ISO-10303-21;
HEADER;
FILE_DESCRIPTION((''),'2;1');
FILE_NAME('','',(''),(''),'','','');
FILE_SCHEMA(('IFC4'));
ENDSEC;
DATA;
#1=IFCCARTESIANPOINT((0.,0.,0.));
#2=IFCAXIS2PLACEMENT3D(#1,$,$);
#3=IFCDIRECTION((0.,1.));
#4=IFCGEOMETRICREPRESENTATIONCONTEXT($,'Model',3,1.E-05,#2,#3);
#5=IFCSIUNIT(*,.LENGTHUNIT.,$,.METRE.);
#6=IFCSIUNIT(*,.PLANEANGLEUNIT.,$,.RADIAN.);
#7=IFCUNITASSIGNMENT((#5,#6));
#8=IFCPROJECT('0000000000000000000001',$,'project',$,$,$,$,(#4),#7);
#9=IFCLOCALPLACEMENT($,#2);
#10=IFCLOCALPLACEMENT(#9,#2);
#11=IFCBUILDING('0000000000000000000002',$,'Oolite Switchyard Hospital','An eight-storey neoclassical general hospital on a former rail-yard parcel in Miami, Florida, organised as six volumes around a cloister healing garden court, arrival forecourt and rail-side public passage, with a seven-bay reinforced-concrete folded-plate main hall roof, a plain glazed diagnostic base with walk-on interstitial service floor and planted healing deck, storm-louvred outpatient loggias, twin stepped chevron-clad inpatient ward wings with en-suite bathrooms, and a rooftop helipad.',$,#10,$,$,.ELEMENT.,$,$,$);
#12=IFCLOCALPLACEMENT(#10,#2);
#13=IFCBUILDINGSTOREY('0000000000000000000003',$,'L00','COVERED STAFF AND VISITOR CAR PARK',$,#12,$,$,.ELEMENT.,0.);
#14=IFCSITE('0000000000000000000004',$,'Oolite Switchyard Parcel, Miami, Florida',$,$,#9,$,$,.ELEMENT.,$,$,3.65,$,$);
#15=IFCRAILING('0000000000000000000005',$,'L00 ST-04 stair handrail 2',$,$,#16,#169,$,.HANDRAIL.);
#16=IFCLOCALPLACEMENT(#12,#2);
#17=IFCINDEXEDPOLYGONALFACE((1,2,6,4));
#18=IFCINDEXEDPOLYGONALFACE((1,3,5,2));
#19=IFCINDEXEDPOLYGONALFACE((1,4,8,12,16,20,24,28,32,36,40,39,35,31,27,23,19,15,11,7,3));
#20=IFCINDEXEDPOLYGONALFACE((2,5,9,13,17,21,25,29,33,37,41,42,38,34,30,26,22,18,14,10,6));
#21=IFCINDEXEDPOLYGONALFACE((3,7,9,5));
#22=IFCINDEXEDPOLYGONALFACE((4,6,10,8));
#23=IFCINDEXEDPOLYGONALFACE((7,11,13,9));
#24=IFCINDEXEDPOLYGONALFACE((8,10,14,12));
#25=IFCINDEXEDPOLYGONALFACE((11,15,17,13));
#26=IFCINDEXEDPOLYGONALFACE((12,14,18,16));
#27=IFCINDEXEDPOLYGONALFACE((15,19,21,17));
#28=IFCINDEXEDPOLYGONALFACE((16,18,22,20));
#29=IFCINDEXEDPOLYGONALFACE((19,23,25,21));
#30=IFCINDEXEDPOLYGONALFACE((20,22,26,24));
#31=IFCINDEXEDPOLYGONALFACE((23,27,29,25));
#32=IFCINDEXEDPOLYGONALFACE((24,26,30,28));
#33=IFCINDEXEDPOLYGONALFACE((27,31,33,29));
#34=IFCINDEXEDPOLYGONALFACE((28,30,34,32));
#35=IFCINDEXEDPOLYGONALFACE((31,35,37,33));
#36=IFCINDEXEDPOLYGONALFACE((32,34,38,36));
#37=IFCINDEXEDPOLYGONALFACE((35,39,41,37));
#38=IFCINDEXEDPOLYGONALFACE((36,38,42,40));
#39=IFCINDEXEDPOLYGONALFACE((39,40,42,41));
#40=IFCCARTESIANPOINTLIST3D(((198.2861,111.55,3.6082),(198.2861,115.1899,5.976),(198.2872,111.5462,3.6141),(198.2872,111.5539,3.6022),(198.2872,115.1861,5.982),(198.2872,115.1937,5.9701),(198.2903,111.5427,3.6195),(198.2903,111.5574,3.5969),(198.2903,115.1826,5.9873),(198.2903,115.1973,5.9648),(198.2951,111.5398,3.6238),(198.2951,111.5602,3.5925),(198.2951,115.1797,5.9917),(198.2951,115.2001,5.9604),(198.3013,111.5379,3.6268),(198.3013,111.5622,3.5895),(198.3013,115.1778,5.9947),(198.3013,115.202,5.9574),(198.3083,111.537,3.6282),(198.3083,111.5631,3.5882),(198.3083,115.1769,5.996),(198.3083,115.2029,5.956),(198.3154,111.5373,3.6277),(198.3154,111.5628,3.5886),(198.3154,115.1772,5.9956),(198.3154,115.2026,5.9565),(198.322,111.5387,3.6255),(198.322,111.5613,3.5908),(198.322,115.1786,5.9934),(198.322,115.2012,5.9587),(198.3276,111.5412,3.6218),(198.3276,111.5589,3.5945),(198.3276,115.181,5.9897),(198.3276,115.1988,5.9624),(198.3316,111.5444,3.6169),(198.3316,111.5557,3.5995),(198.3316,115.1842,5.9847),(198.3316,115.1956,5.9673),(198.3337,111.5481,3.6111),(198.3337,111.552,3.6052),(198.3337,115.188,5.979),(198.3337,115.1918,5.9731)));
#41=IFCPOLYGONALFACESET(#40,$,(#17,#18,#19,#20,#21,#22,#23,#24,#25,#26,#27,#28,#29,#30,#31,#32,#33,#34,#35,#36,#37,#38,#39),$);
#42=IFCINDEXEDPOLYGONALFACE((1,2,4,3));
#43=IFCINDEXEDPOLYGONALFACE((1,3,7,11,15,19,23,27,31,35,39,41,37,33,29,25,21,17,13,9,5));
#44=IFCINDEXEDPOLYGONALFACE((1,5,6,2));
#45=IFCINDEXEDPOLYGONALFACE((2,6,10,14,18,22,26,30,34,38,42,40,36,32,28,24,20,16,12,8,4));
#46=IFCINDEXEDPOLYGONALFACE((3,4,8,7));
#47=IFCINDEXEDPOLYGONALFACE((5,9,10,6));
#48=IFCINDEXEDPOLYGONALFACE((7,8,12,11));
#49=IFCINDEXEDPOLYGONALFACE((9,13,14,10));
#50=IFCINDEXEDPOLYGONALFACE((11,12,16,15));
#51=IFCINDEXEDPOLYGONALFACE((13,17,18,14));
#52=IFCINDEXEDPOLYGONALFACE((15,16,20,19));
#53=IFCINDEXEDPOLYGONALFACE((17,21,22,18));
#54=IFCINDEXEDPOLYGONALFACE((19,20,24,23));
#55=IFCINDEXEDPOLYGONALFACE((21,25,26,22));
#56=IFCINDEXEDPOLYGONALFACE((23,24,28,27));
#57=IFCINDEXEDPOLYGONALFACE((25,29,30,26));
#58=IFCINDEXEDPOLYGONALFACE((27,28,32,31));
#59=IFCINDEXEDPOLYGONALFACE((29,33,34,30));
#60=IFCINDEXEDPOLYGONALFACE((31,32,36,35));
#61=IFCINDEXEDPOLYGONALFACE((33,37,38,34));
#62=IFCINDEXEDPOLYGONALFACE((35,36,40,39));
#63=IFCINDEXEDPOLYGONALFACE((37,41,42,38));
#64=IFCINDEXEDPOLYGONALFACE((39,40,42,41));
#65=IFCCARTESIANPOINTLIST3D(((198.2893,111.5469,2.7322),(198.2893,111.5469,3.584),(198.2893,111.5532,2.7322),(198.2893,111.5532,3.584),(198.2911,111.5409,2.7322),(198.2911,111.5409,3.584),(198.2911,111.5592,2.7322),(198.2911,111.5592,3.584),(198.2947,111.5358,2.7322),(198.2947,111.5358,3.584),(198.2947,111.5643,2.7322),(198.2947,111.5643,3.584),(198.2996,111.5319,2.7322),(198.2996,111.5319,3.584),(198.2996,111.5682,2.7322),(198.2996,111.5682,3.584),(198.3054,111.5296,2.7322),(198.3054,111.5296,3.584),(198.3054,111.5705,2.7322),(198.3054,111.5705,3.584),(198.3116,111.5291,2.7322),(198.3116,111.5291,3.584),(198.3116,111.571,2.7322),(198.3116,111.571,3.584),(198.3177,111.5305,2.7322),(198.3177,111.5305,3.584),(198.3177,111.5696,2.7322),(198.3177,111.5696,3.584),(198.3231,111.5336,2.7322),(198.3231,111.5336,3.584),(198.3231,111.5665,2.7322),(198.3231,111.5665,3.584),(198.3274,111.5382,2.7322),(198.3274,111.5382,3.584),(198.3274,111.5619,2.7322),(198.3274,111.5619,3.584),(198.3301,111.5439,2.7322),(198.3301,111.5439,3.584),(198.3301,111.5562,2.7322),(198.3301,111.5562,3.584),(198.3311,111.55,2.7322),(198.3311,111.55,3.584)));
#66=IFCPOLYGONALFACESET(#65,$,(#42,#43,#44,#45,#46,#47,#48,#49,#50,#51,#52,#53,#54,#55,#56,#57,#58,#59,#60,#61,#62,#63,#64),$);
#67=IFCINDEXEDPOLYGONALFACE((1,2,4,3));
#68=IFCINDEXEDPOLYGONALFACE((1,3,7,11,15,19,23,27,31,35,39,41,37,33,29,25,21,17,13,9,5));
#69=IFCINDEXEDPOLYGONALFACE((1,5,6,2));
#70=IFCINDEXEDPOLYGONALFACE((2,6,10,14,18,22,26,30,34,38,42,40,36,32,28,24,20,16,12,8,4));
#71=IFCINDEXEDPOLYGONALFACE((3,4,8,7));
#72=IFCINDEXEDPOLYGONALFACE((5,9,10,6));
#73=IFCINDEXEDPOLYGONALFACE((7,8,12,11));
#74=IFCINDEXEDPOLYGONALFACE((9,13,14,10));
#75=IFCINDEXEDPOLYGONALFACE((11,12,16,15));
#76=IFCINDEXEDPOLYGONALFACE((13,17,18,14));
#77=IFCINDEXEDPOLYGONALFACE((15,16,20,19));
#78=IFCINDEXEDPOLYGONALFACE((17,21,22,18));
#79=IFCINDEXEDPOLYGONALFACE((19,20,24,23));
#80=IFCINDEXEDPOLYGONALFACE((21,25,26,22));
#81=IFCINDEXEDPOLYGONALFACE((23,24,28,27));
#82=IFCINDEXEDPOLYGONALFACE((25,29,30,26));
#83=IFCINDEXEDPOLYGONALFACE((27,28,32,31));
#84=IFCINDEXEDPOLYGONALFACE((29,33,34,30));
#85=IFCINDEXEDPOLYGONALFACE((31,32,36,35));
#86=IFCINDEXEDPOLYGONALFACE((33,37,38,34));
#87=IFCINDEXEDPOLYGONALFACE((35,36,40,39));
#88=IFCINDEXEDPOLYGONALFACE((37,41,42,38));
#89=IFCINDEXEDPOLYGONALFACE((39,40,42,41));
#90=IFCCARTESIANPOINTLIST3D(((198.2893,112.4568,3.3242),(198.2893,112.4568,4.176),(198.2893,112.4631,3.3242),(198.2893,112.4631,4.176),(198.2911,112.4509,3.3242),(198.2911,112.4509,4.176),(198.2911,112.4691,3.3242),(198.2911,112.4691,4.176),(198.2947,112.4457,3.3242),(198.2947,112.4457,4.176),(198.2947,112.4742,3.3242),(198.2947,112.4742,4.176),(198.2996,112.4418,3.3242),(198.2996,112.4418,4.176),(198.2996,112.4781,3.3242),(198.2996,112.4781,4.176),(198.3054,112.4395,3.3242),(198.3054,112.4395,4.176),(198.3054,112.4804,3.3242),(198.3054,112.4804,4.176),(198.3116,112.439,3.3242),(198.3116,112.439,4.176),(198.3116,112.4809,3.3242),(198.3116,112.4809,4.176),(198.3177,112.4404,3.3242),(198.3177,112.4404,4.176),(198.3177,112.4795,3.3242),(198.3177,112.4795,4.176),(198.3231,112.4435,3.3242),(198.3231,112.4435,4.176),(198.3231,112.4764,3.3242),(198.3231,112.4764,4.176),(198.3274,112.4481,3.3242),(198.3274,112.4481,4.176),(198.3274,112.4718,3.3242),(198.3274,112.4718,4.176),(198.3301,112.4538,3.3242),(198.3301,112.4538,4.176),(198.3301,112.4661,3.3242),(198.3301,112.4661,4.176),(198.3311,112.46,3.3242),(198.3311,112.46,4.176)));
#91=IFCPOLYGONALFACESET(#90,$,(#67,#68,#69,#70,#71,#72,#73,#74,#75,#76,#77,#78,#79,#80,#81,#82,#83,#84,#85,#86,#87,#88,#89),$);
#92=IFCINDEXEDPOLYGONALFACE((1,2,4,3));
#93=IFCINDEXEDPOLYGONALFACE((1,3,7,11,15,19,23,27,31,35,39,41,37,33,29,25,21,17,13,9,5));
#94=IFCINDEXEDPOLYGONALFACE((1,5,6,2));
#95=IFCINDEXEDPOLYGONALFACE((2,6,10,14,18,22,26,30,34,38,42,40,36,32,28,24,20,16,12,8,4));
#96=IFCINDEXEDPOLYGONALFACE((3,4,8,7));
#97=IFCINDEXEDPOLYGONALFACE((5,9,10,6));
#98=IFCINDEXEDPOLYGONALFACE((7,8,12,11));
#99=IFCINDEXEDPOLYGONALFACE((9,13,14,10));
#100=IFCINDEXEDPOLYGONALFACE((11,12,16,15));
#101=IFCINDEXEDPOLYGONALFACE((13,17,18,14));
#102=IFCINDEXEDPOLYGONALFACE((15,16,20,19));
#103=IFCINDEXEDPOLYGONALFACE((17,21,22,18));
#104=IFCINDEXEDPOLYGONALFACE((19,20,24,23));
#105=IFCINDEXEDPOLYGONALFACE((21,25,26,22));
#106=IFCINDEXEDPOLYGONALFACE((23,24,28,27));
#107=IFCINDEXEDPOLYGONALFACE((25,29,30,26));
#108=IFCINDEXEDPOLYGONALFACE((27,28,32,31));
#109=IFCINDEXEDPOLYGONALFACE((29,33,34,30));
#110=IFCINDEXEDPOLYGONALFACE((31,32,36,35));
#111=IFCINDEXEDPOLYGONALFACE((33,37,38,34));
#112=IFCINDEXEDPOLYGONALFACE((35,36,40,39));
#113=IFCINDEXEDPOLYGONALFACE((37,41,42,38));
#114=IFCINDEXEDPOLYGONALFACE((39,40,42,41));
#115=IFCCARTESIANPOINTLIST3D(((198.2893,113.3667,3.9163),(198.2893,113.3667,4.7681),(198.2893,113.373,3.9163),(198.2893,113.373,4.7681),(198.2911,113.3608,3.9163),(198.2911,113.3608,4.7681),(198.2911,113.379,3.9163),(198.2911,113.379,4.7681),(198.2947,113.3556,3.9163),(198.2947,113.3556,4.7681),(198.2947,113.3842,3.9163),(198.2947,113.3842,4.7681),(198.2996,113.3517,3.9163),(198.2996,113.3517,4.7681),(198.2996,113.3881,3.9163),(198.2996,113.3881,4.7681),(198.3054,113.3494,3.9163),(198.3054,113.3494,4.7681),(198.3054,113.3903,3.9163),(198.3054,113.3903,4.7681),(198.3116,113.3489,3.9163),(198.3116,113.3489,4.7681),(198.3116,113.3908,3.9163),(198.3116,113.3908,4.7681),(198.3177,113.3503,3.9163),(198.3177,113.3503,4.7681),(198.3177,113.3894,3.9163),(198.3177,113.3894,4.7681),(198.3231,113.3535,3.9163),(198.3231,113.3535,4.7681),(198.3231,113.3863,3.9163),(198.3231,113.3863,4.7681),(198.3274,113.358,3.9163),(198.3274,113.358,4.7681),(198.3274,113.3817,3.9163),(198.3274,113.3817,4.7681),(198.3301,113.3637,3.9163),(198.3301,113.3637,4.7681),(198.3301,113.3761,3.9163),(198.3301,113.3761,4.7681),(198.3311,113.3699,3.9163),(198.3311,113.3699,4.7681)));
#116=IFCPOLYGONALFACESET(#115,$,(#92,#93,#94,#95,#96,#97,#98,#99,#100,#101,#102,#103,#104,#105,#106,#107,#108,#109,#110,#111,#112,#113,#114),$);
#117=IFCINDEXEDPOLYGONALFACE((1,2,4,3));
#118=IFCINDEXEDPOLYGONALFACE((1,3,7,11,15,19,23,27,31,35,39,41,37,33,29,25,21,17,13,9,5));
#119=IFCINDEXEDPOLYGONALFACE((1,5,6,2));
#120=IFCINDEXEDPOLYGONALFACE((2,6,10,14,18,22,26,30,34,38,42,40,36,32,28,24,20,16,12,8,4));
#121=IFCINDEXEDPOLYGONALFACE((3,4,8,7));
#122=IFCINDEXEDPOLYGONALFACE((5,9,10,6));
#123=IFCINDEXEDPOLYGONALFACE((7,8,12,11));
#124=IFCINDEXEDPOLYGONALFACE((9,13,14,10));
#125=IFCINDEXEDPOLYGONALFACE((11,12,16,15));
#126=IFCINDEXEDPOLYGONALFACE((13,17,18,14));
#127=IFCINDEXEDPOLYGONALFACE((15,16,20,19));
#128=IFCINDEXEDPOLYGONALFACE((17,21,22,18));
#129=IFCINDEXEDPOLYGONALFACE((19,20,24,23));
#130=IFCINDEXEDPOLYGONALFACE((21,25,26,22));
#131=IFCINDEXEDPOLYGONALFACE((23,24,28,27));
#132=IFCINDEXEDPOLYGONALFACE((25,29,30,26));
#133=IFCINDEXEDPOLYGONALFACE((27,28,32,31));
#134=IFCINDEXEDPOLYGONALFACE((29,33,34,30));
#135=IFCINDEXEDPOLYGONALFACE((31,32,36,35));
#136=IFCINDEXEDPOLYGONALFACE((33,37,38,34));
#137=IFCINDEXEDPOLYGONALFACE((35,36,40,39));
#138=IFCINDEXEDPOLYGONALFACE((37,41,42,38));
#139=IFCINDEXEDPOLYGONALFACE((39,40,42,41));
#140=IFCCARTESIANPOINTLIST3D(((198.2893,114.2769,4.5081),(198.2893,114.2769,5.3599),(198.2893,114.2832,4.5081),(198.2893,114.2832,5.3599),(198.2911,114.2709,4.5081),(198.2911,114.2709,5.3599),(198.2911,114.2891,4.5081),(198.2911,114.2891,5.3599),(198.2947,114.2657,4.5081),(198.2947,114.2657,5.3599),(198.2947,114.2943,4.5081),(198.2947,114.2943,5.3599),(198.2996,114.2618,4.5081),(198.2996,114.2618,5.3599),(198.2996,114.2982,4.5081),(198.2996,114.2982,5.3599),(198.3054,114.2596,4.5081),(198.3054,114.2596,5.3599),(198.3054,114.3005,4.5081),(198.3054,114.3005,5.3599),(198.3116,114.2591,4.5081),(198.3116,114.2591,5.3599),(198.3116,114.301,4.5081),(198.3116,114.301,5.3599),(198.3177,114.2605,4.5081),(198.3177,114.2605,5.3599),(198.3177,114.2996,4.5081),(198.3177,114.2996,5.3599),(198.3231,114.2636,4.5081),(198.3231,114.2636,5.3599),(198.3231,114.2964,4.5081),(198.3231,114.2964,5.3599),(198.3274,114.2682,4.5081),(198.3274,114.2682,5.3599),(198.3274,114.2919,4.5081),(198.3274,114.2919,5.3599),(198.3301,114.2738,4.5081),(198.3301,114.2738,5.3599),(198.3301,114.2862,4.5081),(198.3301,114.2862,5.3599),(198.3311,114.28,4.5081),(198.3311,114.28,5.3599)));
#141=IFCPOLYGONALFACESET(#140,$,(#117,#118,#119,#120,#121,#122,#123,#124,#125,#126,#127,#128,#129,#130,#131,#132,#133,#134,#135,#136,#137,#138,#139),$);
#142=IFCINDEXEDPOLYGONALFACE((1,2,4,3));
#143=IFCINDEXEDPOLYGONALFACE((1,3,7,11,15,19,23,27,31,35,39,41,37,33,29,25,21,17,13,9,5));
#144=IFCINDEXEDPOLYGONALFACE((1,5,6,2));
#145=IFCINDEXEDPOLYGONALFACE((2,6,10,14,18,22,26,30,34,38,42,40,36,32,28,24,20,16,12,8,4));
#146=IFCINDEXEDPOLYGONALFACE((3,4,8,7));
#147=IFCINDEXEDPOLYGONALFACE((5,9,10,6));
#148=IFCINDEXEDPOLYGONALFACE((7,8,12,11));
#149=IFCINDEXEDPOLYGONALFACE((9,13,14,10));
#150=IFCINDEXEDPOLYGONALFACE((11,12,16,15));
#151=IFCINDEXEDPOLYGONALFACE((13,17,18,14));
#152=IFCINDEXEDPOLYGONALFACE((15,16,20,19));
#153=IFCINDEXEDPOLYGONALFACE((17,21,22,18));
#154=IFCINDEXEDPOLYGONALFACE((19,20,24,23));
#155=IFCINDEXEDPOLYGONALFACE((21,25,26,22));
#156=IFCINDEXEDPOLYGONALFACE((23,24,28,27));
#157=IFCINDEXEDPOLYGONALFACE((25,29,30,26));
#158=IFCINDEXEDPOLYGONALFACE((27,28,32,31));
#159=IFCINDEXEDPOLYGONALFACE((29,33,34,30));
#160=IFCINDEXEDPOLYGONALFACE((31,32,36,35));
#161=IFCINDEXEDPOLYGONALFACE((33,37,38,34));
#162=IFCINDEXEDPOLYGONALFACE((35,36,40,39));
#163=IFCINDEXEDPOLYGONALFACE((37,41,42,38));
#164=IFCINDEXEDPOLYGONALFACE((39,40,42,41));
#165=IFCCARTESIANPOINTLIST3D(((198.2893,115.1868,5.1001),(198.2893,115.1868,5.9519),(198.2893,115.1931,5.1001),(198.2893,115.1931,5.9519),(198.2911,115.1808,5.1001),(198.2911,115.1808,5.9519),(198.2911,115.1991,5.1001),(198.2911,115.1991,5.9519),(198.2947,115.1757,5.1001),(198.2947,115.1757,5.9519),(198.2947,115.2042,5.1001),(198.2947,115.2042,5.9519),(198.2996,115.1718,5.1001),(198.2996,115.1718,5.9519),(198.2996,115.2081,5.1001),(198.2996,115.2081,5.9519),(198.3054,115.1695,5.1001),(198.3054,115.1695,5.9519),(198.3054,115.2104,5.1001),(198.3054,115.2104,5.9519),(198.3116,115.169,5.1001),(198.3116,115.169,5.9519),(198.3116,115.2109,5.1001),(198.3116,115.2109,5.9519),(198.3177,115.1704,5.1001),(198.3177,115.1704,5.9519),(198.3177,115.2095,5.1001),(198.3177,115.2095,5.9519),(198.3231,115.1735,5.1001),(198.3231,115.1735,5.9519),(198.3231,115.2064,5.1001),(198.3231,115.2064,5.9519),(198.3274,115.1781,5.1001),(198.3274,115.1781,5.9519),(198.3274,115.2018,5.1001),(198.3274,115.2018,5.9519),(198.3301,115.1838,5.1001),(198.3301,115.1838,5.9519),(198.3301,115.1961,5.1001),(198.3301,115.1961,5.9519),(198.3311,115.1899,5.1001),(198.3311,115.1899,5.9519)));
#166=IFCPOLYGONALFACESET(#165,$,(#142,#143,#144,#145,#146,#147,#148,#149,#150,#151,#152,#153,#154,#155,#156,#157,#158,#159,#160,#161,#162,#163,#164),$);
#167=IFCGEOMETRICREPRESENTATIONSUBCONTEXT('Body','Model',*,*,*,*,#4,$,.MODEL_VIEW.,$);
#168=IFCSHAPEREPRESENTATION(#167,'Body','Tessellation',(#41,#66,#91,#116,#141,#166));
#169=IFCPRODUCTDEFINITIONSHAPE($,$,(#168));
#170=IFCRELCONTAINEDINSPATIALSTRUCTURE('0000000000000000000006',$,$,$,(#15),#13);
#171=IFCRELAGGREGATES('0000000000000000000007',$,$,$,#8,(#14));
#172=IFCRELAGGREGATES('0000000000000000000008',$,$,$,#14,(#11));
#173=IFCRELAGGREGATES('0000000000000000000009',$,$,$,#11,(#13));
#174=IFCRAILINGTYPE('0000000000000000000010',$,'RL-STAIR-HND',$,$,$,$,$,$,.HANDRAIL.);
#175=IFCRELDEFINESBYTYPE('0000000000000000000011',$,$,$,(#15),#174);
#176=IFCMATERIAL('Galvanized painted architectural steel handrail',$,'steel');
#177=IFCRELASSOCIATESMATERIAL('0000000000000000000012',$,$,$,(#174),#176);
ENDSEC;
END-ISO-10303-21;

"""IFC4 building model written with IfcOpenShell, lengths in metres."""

from ifc_helpers import new_model, si_unit, direction, frame, origin, origin_2d, place, context, subcontext, project, spatial, circle, extrude, material, type_object, element, save


model = new_model("IFC4")

# Units and contexts
model_context = context("Model", 3, precision=1e-05, world=origin(), true_north=direction((0.0, 1.0)))
body_context = subcontext(model_context, "Body", "Model", "MODEL_VIEW")
ifc_project = project(units=[si_unit("LENGTHUNIT", "METRE"), si_unit("PLANEANGLEUNIT", "RADIAN")], contexts=[model_context])

# Site, building, storey
site_placement = place(None, origin())
site = spatial("IfcSite", under=ifc_project, at=site_placement, Name="Oolite Switchyard Parcel, Miami, Florida", CompositionType="ELEMENT", RefElevation=3.65)
building_placement = place(site_placement, origin())
building = spatial("IfcBuilding", under=site, at=building_placement, Name="Oolite Switchyard Hospital", Description="An eight-storey neoclassical general hospital on a former rail-yard parcel in Miami, Florida, organised as six volumes around a cloister healing garden court, arrival forecourt and rail-side public passage, with a seven-bay reinforced-concrete folded-plate main hall roof, a plain glazed diagnostic base with walk-on interstitial service floor and planted healing deck, storm-louvred outpatient loggias, twin stepped chevron-clad inpatient ward wings with en-suite bathrooms, and a rooftop helipad.", CompositionType="ELEMENT")
storey_placement = place(building_placement, origin())
storey = spatial("IfcBuildingStorey", under=building, at=storey_placement, Name="L00", Description="COVERED STAFF AND VISITOR CAR PARK", CompositionType="ELEMENT", Elevation=0.0)

# Railing
ifc_material_1 = material(Name="Galvanized painted architectural steel handrail", Category="steel")
railing_type_1 = type_object("IfcRailingType", Name="RL-STAIR-HND", PredefinedType="HANDRAIL", material=ifc_material_1)
railing_1_placement = place(storey_placement, frame((198.3101, 111.55, 2.7322)))
element("IfcRailing", 1, at=railing_1_placement, inside=storey, type_object=railing_type_1, Name="L00 ST-04 stair handrail 2", PredefinedType="HANDRAIL", context=body_context, shape_type="SweptSolid", body=[
    extrude(circle(Radius=0.0239, at=origin_2d()), frame((0.0, 0.0, 0.876), z_axis=(0.0, 0.838234, 0.54531), x_axis=(-1.0, 0.0, 0.0)), (0.0, 0.0, 1.0), 4.3423),
    extrude(circle(Radius=0.021, at=origin_2d()), origin(), (0.0, 0.0, 1.0), 0.8518),
    extrude(circle(Radius=0.021, at=origin_2d()), frame((0.0, 0.9099, 0.592)), (0.0, 0.0, 1.0), 0.8518),
    extrude(circle(Radius=0.021, at=origin_2d()), frame((0.0, 1.8198, 1.1841)), (0.0, 0.0, 1.0), 0.8518),
    extrude(circle(Radius=0.021, at=origin_2d()), frame((0.0, 2.73, 1.7759)), (0.0, 0.0, 1.0), 0.8518),
    extrude(circle(Radius=0.021, at=origin_2d()), frame((0.0, 3.6399, 2.3679)), (0.0, 0.0, 1.0), 0.8518),
])

save(model, "model.ifc")
